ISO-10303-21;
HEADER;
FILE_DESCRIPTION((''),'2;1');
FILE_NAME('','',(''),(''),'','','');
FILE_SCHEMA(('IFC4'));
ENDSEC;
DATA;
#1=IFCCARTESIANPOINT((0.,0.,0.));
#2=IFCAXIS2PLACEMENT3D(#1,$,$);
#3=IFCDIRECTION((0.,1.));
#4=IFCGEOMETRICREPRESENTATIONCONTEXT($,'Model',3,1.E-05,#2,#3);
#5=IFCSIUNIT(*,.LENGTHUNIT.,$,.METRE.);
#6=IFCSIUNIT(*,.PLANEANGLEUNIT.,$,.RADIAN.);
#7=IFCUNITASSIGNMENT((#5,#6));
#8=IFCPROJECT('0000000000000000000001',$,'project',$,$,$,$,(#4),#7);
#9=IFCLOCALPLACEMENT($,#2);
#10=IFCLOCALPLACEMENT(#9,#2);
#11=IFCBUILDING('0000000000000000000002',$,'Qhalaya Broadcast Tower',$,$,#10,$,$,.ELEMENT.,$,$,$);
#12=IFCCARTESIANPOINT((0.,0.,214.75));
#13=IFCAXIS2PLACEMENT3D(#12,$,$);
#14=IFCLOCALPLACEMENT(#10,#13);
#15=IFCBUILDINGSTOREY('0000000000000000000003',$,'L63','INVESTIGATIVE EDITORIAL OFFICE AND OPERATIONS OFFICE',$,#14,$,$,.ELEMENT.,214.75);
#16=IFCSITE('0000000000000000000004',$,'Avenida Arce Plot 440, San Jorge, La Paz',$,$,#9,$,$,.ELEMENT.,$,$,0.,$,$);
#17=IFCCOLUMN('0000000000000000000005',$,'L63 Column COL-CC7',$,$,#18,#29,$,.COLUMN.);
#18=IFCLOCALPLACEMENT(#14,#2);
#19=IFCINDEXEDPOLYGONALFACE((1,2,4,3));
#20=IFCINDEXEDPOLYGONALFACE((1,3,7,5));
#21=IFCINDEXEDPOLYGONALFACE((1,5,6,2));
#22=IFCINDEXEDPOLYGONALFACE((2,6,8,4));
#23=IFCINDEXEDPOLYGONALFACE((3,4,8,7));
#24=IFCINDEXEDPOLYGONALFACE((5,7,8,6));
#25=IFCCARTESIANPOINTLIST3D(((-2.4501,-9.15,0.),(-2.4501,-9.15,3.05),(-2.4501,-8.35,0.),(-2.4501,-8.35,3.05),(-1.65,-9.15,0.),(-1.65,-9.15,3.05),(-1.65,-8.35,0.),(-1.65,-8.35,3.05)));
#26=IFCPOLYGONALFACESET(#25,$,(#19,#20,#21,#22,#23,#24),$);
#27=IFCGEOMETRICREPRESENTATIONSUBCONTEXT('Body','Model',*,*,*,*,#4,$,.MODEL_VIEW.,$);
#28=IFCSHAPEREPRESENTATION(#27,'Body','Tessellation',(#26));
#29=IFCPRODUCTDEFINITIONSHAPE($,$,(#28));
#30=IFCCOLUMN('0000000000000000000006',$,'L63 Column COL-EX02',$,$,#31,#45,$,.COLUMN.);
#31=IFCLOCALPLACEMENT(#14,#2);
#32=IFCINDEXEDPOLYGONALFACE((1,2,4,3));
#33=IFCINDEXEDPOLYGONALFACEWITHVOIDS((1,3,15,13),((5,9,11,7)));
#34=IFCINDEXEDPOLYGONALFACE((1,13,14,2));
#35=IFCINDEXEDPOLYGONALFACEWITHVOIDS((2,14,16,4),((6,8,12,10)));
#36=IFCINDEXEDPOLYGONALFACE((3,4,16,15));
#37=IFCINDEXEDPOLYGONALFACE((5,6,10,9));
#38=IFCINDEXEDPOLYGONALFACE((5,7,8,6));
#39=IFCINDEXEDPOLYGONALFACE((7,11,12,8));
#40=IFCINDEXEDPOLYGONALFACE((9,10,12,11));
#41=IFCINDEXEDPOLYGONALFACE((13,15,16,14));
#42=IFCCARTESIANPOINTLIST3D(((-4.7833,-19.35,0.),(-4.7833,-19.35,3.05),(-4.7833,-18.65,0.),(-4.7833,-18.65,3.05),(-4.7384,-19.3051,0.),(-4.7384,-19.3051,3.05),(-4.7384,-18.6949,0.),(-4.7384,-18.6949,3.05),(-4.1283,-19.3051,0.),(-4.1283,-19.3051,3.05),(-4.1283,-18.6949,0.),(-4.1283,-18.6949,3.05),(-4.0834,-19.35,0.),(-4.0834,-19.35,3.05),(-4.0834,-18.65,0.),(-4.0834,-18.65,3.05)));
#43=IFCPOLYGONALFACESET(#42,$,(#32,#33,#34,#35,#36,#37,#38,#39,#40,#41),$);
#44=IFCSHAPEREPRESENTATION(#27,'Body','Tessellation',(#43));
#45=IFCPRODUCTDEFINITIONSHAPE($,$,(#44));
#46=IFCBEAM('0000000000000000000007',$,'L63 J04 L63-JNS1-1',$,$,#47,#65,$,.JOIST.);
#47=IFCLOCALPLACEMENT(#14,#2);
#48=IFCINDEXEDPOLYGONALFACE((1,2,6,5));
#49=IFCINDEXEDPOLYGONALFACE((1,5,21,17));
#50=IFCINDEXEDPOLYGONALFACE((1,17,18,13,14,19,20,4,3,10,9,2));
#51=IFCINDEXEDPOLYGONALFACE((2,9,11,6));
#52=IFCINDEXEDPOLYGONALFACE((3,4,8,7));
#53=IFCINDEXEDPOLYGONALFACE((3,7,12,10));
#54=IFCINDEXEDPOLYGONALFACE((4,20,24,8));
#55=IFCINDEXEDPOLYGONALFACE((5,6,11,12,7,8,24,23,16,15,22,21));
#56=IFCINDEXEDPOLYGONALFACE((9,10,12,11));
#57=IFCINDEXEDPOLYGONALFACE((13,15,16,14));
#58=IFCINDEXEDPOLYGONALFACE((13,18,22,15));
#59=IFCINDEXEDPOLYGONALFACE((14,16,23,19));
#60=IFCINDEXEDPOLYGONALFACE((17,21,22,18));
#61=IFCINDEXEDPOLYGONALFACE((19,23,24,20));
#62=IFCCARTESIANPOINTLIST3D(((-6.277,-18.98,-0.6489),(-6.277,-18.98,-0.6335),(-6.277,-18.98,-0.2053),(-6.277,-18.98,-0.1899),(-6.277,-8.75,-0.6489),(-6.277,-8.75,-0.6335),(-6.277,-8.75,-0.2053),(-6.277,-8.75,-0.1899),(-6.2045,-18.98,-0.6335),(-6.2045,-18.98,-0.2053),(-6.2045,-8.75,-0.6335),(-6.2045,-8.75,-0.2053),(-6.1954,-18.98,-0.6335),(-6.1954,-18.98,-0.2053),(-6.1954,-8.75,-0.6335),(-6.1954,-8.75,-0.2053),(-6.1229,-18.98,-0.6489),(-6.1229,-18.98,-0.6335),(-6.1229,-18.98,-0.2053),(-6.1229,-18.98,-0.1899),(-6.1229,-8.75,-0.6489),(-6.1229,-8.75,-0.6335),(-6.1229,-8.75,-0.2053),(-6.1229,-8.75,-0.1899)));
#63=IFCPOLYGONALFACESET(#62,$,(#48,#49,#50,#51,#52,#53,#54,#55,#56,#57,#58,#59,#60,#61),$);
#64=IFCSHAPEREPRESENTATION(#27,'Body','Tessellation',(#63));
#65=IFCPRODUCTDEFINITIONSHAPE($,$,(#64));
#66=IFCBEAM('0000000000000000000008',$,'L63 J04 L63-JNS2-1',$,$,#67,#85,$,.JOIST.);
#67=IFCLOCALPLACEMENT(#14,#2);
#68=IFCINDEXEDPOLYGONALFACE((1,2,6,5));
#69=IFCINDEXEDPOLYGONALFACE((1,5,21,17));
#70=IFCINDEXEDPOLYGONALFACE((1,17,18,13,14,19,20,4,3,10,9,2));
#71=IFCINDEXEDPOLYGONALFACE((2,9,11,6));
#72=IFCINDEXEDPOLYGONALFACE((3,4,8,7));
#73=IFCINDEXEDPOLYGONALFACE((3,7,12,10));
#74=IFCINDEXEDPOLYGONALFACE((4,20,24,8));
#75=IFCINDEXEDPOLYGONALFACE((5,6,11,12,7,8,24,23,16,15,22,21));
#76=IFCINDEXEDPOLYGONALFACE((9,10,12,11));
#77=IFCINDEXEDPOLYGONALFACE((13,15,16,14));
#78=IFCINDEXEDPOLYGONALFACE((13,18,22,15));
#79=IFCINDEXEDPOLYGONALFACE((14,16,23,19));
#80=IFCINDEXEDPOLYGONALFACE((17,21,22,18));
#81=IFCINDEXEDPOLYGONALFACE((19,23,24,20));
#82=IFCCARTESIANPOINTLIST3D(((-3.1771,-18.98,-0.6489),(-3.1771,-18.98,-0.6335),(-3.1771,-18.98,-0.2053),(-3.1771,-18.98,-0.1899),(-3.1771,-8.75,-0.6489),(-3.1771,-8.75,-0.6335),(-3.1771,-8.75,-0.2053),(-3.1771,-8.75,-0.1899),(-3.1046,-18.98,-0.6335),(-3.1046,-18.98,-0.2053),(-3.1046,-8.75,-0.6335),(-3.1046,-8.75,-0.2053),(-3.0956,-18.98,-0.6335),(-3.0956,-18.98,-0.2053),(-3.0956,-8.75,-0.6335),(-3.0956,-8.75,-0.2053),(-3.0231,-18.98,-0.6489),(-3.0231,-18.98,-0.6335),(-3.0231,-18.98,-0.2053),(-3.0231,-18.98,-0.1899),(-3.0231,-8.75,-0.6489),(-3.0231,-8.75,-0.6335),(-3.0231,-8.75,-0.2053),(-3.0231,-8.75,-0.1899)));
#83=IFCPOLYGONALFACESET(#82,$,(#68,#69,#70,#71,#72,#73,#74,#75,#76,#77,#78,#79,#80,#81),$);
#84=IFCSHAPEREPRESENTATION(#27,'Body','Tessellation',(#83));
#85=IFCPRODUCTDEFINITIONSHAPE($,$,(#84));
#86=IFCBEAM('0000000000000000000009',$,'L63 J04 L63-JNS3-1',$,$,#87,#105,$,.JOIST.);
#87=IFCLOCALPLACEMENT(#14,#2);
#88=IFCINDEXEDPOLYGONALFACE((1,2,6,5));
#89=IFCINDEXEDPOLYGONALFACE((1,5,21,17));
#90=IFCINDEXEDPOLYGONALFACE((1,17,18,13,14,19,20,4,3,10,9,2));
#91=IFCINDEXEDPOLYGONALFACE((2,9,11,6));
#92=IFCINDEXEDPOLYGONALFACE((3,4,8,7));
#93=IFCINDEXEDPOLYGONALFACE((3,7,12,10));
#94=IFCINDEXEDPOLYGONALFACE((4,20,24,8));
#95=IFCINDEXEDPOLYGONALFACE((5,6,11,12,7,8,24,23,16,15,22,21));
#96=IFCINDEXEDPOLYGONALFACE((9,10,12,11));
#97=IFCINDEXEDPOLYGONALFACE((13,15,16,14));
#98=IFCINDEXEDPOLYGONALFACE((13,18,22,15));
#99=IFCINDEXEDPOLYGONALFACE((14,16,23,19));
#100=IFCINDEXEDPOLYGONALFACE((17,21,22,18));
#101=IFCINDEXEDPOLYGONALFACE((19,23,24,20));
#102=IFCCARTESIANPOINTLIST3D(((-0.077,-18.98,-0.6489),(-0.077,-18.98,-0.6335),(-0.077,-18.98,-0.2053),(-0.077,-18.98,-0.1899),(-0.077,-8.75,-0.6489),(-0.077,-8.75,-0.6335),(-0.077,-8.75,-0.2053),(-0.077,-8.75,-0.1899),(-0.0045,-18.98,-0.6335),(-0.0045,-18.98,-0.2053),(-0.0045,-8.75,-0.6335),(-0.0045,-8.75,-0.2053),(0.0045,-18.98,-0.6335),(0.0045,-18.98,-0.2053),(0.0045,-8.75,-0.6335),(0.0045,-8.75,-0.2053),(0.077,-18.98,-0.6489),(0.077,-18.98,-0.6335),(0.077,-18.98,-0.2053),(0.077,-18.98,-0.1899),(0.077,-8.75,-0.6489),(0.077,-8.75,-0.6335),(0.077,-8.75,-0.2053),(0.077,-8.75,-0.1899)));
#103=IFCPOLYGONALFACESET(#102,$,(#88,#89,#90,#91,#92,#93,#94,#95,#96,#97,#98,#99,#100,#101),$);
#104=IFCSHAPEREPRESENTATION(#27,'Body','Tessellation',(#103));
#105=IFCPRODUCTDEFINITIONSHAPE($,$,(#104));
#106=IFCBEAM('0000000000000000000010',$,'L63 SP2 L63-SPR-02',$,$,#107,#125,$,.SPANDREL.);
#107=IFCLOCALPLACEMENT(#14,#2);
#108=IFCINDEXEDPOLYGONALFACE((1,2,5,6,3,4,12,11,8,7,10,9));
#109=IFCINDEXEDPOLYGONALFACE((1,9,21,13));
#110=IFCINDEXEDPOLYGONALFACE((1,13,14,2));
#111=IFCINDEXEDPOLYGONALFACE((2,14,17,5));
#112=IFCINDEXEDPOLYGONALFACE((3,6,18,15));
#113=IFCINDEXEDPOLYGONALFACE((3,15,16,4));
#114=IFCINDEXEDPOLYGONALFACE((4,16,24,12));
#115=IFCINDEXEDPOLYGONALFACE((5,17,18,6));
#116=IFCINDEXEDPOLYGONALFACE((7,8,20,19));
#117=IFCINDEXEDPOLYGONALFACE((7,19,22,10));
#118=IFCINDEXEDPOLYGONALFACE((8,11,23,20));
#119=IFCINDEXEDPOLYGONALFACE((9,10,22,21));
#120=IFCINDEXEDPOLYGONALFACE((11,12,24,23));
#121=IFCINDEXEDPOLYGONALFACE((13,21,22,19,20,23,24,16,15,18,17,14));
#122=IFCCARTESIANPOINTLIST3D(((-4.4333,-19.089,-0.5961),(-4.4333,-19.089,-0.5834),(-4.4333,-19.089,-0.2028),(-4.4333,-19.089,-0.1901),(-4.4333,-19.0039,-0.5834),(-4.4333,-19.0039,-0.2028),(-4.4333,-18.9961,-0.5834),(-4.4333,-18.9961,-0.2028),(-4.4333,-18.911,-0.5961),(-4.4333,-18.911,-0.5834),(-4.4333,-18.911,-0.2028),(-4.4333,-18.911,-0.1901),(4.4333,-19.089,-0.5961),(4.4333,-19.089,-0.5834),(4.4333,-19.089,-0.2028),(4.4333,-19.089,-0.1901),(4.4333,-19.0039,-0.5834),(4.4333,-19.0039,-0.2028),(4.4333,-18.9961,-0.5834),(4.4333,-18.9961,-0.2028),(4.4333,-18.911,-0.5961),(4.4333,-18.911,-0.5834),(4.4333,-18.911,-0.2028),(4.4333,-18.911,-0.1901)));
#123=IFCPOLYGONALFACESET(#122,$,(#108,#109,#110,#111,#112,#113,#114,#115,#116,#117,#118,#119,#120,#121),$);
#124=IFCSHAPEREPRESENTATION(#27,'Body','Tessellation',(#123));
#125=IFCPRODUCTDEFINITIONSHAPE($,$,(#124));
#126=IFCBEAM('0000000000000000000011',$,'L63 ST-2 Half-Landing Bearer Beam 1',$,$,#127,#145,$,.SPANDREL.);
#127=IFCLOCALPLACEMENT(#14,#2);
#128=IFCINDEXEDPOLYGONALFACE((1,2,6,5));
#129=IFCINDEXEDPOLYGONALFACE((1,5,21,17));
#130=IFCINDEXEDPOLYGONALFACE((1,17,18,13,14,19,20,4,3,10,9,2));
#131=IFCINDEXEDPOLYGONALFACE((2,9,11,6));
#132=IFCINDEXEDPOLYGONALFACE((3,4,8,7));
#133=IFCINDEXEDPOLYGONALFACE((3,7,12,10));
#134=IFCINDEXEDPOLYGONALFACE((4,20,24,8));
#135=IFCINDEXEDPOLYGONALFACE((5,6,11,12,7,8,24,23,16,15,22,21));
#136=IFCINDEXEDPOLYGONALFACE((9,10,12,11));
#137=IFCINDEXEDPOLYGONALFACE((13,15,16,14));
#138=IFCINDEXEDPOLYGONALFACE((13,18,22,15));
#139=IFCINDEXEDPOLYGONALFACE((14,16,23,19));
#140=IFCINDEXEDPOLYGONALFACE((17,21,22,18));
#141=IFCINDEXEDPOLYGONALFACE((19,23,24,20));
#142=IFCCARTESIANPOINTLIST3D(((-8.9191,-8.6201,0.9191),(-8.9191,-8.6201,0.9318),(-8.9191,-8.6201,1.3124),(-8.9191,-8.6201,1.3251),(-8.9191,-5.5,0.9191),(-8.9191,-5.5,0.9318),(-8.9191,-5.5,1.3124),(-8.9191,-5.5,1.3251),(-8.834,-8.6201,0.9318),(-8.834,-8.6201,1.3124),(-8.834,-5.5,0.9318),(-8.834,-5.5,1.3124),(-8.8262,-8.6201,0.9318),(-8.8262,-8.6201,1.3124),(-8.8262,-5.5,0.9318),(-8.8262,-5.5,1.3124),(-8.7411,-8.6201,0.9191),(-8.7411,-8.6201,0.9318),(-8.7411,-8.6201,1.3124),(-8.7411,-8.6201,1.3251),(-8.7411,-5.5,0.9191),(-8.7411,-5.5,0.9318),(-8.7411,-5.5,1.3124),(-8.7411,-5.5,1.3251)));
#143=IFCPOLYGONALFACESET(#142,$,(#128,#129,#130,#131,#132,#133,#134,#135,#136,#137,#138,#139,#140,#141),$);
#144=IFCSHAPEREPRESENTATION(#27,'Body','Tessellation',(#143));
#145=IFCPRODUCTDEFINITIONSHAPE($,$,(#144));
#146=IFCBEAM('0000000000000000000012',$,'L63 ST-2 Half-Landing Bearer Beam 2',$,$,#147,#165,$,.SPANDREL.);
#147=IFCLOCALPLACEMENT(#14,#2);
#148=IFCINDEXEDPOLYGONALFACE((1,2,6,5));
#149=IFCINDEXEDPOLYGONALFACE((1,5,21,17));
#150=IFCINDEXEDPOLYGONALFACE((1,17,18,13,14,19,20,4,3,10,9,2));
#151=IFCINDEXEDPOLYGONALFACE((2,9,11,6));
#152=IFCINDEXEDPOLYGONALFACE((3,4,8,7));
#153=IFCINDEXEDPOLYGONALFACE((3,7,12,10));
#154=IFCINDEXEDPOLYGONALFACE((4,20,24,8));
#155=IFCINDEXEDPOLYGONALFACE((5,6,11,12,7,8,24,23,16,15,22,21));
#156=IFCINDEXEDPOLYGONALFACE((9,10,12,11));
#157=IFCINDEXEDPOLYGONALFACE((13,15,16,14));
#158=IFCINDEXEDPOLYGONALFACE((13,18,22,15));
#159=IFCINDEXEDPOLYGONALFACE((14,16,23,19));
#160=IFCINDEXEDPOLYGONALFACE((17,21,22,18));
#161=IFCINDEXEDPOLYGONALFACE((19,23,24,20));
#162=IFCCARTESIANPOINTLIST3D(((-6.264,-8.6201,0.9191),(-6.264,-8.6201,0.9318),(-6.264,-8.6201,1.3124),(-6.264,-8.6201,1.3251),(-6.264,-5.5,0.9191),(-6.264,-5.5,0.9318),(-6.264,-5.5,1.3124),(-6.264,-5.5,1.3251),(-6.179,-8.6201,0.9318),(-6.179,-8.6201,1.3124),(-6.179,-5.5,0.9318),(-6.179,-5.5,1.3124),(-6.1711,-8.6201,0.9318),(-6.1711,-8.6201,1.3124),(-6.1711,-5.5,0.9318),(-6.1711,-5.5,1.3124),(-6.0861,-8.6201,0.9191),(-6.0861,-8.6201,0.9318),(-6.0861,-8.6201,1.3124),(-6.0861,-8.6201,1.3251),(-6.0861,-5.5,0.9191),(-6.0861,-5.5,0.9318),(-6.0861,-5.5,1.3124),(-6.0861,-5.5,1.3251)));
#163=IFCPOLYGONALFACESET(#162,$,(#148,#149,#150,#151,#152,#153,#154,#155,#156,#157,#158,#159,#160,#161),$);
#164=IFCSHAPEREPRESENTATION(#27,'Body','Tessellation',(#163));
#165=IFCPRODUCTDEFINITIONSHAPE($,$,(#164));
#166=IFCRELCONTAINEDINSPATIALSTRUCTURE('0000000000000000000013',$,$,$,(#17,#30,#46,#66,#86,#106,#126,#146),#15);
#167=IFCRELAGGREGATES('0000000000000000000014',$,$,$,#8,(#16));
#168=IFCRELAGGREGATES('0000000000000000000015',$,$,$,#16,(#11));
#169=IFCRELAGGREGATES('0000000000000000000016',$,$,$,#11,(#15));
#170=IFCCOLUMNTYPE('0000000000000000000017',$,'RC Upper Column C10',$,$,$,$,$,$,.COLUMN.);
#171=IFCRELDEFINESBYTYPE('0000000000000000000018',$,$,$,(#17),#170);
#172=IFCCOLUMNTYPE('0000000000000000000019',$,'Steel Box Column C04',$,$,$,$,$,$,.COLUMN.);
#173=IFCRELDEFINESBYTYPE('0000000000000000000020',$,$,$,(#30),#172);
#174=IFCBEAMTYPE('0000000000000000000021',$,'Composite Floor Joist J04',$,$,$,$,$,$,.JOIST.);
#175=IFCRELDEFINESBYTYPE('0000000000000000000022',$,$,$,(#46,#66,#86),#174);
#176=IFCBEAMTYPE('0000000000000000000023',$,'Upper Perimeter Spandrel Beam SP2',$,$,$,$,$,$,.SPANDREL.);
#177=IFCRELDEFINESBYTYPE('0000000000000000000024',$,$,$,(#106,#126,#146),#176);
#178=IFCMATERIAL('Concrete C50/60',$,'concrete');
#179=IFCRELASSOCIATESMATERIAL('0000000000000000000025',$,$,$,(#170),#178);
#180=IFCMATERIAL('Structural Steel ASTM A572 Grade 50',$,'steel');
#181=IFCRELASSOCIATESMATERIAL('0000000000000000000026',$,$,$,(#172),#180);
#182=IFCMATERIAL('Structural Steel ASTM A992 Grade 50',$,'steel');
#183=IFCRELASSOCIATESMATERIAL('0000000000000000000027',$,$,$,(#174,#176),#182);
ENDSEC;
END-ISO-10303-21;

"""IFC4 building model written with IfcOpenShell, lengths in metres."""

from ifc_helpers import new_model, si_unit, direction, frame, origin, origin_2d, place, context, subcontext, project, spatial, rectangle, hollow_rectangle, i_section, extrude, material, material_profile, profile_set, type_object, element, save


model = new_model("IFC4")

# Units and contexts
model_context = context("Model", 3, precision=1e-05, world=origin(), true_north=direction((0.0, 1.0)))
body_context = subcontext(model_context, "Body", "Model", "MODEL_VIEW")
ifc_project = project(units=[si_unit("LENGTHUNIT", "METRE"), si_unit("PLANEANGLEUNIT", "RADIAN")], contexts=[model_context])

# Site, building, storey
site_placement = place(None, origin())
site = spatial("IfcSite", under=ifc_project, at=site_placement, Name="Avenida Arce Plot 440, San Jorge, La Paz", CompositionType="ELEMENT", RefElevation=0.0)
building_placement = place(site_placement, origin())
building = spatial("IfcBuilding", under=site, at=building_placement, Name="Qhalaya Broadcast Tower", CompositionType="ELEMENT")
storey_placement = place(building_placement, frame((0.0, 0.0, 214.75)))
storey = spatial("IfcBuildingStorey", under=building, at=storey_placement, Name="L63", Description="INVESTIGATIVE EDITORIAL OFFICE AND OPERATIONS OFFICE", CompositionType="ELEMENT", Elevation=214.75)

# Columns
ifc_material_1 = material(Name="Concrete C50/60", Category="concrete")
ifc_material_profile_1 = material_profile(ifc_material_1, rectangle(XDim=0.8, YDim=0.8, at=origin_2d()), Name="RC-COL 800x800")
ifc_profile_set_1 = profile_set([ifc_material_profile_1], Name="Concrete C50/60")
column_type_1 = type_object("IfcColumnType", Name="RC Upper Column C10", PredefinedType="COLUMN", material=ifc_profile_set_1)
column_1_placement = place(storey_placement, frame((-2.05, -8.75, 0.0), z_axis=(0.0, 0.0, 1.0), x_axis=(1.0, 0.0, 0.0)))
element("IfcColumn", 1, at=column_1_placement, inside=storey, type_object=column_type_1, Name="L63 Column COL-CC7", PredefinedType="COLUMN", context=body_context, shape_type="SweptSolid", body=[
    extrude(rectangle(XDim=0.8, YDim=0.8, at=origin_2d()), origin(), (0.0, 0.0, 1.0), 3.05),
])
ifc_material_2 = material(Name="Structural Steel ASTM A572 Grade 50", Category="steel")
ifc_material_profile_2 = material_profile(ifc_material_2, hollow_rectangle(XDim=0.7, YDim=0.7, WallThickness=0.0449, at=origin_2d()), Name="BOX 700x700x45")
ifc_profile_set_2 = profile_set([ifc_material_profile_2], Name="Structural Steel ASTM A572 Grade 50")
column_type_2 = type_object("IfcColumnType", Name="Steel Box Column C04", PredefinedType="COLUMN", material=ifc_profile_set_2)
column_2_placement = place(storey_placement, frame((-4.4333, -19.0, 0.0), z_axis=(0.0, 0.0, 1.0), x_axis=(1.0, 0.0, 0.0)))
element("IfcColumn", 2, at=column_2_placement, inside=storey, type_object=column_type_2, Name="L63 Column COL-EX02", PredefinedType="COLUMN", context=body_context, shape_type="SweptSolid", body=[
    extrude(hollow_rectangle(XDim=0.7, YDim=0.7, WallThickness=0.0449, at=origin_2d()), origin(), (0.0, 0.0, 1.0), 3.05),
])

# Beams
ifc_material_3 = material(Name="Structural Steel ASTM A992 Grade 50", Category="steel")
ifc_material_profile_3 = material_profile(ifc_material_3, i_section(OverallWidth=0.1541, OverallDepth=0.459, WebThickness=0.009, FlangeThickness=0.0154, at=origin_2d()), Name="W18X46")
ifc_profile_set_3 = profile_set([ifc_material_profile_3], Name="Structural Steel ASTM A992 Grade 50")
beam_type_1 = type_object("IfcBeamType", Name="Composite Floor Joist J04", PredefinedType="JOIST", material=ifc_profile_set_3)
for number, where, z_axis, x_axis, name in (
    (3, (-6.2, -18.98, -0.4194), (0.0, 1.0, 0.0), (-1.0, 0.0, 0.0), "L63 J04 L63-JNS1-1"),
    (4, (-3.1001, -18.98, -0.4194), (0.0, 1.0, 0.0), (-1.0, 0.0, 0.0), "L63 J04 L63-JNS2-1"),
    (5, (0.0, -18.98, -0.4194), (0.0, 1.0, 0.0), (-1.0, 0.0, 0.0), "L63 J04 L63-JNS3-1"),
):
    element("IfcBeam", number, at=place(storey_placement, frame(where, z_axis=z_axis, x_axis=x_axis)), inside=storey, type_object=beam_type_1, Name=name, PredefinedType="JOIST", context=body_context, shape_type="SweptSolid", body=[
        extrude(i_section(OverallWidth=0.1541, OverallDepth=0.459, WebThickness=0.009, FlangeThickness=0.0154, at=origin_2d()), origin(), (0.0, 0.0, 1.0), 10.23),
    ])
ifc_material_profile_4 = material_profile(ifc_material_3, i_section(OverallWidth=0.178, OverallDepth=0.406, WebThickness=0.0078, FlangeThickness=0.0127, at=origin_2d()), Name="W16X40")
ifc_profile_set_4 = profile_set([ifc_material_profile_4], Name="Structural Steel ASTM A992 Grade 50")
beam_type_2 = type_object("IfcBeamType", Name="Upper Perimeter Spandrel Beam SP2", PredefinedType="SPANDREL", material=ifc_profile_set_4)
beam_placement = place(storey_placement, frame((-4.4333, -19.0, -0.3931), z_axis=(1.0, 0.0, 0.0), x_axis=(0.0, 1.0, 0.0)))
element("IfcBeam", 6, at=beam_placement, inside=storey, type_object=beam_type_2, Name="L63 SP2 L63-SPR-02", PredefinedType="SPANDREL", context=body_context, shape_type="SweptSolid", body=[
    extrude(i_section(OverallWidth=0.178, OverallDepth=0.406, WebThickness=0.0078, FlangeThickness=0.0127, at=origin_2d()), origin(), (0.0, 0.0, 1.0), 8.8667),
])
for number, where, z_axis, x_axis, name in (
    (7, (-8.8301, -8.6201, 1.1221), (0.0, 1.0, 0.0), (-1.0, 0.0, 0.0), "L63 ST-2 Half-Landing Bearer Beam 1"),
    (8, (-6.175, -8.6201, 1.1221), (0.0, 1.0, 0.0), (-1.0, 0.0, 0.0), "L63 ST-2 Half-Landing Bearer Beam 2"),
):
    element("IfcBeam", number, at=place(storey_placement, frame(where, z_axis=z_axis, x_axis=x_axis)), inside=storey, type_object=beam_type_2, Name=name, PredefinedType="SPANDREL", context=body_context, shape_type="SweptSolid", body=[
        extrude(i_section(OverallWidth=0.178, OverallDepth=0.406, WebThickness=0.0078, FlangeThickness=0.0127, at=origin_2d()), origin(), (0.0, 0.0, 1.0), 3.1201),
    ])

save(model, "model.ifc")
